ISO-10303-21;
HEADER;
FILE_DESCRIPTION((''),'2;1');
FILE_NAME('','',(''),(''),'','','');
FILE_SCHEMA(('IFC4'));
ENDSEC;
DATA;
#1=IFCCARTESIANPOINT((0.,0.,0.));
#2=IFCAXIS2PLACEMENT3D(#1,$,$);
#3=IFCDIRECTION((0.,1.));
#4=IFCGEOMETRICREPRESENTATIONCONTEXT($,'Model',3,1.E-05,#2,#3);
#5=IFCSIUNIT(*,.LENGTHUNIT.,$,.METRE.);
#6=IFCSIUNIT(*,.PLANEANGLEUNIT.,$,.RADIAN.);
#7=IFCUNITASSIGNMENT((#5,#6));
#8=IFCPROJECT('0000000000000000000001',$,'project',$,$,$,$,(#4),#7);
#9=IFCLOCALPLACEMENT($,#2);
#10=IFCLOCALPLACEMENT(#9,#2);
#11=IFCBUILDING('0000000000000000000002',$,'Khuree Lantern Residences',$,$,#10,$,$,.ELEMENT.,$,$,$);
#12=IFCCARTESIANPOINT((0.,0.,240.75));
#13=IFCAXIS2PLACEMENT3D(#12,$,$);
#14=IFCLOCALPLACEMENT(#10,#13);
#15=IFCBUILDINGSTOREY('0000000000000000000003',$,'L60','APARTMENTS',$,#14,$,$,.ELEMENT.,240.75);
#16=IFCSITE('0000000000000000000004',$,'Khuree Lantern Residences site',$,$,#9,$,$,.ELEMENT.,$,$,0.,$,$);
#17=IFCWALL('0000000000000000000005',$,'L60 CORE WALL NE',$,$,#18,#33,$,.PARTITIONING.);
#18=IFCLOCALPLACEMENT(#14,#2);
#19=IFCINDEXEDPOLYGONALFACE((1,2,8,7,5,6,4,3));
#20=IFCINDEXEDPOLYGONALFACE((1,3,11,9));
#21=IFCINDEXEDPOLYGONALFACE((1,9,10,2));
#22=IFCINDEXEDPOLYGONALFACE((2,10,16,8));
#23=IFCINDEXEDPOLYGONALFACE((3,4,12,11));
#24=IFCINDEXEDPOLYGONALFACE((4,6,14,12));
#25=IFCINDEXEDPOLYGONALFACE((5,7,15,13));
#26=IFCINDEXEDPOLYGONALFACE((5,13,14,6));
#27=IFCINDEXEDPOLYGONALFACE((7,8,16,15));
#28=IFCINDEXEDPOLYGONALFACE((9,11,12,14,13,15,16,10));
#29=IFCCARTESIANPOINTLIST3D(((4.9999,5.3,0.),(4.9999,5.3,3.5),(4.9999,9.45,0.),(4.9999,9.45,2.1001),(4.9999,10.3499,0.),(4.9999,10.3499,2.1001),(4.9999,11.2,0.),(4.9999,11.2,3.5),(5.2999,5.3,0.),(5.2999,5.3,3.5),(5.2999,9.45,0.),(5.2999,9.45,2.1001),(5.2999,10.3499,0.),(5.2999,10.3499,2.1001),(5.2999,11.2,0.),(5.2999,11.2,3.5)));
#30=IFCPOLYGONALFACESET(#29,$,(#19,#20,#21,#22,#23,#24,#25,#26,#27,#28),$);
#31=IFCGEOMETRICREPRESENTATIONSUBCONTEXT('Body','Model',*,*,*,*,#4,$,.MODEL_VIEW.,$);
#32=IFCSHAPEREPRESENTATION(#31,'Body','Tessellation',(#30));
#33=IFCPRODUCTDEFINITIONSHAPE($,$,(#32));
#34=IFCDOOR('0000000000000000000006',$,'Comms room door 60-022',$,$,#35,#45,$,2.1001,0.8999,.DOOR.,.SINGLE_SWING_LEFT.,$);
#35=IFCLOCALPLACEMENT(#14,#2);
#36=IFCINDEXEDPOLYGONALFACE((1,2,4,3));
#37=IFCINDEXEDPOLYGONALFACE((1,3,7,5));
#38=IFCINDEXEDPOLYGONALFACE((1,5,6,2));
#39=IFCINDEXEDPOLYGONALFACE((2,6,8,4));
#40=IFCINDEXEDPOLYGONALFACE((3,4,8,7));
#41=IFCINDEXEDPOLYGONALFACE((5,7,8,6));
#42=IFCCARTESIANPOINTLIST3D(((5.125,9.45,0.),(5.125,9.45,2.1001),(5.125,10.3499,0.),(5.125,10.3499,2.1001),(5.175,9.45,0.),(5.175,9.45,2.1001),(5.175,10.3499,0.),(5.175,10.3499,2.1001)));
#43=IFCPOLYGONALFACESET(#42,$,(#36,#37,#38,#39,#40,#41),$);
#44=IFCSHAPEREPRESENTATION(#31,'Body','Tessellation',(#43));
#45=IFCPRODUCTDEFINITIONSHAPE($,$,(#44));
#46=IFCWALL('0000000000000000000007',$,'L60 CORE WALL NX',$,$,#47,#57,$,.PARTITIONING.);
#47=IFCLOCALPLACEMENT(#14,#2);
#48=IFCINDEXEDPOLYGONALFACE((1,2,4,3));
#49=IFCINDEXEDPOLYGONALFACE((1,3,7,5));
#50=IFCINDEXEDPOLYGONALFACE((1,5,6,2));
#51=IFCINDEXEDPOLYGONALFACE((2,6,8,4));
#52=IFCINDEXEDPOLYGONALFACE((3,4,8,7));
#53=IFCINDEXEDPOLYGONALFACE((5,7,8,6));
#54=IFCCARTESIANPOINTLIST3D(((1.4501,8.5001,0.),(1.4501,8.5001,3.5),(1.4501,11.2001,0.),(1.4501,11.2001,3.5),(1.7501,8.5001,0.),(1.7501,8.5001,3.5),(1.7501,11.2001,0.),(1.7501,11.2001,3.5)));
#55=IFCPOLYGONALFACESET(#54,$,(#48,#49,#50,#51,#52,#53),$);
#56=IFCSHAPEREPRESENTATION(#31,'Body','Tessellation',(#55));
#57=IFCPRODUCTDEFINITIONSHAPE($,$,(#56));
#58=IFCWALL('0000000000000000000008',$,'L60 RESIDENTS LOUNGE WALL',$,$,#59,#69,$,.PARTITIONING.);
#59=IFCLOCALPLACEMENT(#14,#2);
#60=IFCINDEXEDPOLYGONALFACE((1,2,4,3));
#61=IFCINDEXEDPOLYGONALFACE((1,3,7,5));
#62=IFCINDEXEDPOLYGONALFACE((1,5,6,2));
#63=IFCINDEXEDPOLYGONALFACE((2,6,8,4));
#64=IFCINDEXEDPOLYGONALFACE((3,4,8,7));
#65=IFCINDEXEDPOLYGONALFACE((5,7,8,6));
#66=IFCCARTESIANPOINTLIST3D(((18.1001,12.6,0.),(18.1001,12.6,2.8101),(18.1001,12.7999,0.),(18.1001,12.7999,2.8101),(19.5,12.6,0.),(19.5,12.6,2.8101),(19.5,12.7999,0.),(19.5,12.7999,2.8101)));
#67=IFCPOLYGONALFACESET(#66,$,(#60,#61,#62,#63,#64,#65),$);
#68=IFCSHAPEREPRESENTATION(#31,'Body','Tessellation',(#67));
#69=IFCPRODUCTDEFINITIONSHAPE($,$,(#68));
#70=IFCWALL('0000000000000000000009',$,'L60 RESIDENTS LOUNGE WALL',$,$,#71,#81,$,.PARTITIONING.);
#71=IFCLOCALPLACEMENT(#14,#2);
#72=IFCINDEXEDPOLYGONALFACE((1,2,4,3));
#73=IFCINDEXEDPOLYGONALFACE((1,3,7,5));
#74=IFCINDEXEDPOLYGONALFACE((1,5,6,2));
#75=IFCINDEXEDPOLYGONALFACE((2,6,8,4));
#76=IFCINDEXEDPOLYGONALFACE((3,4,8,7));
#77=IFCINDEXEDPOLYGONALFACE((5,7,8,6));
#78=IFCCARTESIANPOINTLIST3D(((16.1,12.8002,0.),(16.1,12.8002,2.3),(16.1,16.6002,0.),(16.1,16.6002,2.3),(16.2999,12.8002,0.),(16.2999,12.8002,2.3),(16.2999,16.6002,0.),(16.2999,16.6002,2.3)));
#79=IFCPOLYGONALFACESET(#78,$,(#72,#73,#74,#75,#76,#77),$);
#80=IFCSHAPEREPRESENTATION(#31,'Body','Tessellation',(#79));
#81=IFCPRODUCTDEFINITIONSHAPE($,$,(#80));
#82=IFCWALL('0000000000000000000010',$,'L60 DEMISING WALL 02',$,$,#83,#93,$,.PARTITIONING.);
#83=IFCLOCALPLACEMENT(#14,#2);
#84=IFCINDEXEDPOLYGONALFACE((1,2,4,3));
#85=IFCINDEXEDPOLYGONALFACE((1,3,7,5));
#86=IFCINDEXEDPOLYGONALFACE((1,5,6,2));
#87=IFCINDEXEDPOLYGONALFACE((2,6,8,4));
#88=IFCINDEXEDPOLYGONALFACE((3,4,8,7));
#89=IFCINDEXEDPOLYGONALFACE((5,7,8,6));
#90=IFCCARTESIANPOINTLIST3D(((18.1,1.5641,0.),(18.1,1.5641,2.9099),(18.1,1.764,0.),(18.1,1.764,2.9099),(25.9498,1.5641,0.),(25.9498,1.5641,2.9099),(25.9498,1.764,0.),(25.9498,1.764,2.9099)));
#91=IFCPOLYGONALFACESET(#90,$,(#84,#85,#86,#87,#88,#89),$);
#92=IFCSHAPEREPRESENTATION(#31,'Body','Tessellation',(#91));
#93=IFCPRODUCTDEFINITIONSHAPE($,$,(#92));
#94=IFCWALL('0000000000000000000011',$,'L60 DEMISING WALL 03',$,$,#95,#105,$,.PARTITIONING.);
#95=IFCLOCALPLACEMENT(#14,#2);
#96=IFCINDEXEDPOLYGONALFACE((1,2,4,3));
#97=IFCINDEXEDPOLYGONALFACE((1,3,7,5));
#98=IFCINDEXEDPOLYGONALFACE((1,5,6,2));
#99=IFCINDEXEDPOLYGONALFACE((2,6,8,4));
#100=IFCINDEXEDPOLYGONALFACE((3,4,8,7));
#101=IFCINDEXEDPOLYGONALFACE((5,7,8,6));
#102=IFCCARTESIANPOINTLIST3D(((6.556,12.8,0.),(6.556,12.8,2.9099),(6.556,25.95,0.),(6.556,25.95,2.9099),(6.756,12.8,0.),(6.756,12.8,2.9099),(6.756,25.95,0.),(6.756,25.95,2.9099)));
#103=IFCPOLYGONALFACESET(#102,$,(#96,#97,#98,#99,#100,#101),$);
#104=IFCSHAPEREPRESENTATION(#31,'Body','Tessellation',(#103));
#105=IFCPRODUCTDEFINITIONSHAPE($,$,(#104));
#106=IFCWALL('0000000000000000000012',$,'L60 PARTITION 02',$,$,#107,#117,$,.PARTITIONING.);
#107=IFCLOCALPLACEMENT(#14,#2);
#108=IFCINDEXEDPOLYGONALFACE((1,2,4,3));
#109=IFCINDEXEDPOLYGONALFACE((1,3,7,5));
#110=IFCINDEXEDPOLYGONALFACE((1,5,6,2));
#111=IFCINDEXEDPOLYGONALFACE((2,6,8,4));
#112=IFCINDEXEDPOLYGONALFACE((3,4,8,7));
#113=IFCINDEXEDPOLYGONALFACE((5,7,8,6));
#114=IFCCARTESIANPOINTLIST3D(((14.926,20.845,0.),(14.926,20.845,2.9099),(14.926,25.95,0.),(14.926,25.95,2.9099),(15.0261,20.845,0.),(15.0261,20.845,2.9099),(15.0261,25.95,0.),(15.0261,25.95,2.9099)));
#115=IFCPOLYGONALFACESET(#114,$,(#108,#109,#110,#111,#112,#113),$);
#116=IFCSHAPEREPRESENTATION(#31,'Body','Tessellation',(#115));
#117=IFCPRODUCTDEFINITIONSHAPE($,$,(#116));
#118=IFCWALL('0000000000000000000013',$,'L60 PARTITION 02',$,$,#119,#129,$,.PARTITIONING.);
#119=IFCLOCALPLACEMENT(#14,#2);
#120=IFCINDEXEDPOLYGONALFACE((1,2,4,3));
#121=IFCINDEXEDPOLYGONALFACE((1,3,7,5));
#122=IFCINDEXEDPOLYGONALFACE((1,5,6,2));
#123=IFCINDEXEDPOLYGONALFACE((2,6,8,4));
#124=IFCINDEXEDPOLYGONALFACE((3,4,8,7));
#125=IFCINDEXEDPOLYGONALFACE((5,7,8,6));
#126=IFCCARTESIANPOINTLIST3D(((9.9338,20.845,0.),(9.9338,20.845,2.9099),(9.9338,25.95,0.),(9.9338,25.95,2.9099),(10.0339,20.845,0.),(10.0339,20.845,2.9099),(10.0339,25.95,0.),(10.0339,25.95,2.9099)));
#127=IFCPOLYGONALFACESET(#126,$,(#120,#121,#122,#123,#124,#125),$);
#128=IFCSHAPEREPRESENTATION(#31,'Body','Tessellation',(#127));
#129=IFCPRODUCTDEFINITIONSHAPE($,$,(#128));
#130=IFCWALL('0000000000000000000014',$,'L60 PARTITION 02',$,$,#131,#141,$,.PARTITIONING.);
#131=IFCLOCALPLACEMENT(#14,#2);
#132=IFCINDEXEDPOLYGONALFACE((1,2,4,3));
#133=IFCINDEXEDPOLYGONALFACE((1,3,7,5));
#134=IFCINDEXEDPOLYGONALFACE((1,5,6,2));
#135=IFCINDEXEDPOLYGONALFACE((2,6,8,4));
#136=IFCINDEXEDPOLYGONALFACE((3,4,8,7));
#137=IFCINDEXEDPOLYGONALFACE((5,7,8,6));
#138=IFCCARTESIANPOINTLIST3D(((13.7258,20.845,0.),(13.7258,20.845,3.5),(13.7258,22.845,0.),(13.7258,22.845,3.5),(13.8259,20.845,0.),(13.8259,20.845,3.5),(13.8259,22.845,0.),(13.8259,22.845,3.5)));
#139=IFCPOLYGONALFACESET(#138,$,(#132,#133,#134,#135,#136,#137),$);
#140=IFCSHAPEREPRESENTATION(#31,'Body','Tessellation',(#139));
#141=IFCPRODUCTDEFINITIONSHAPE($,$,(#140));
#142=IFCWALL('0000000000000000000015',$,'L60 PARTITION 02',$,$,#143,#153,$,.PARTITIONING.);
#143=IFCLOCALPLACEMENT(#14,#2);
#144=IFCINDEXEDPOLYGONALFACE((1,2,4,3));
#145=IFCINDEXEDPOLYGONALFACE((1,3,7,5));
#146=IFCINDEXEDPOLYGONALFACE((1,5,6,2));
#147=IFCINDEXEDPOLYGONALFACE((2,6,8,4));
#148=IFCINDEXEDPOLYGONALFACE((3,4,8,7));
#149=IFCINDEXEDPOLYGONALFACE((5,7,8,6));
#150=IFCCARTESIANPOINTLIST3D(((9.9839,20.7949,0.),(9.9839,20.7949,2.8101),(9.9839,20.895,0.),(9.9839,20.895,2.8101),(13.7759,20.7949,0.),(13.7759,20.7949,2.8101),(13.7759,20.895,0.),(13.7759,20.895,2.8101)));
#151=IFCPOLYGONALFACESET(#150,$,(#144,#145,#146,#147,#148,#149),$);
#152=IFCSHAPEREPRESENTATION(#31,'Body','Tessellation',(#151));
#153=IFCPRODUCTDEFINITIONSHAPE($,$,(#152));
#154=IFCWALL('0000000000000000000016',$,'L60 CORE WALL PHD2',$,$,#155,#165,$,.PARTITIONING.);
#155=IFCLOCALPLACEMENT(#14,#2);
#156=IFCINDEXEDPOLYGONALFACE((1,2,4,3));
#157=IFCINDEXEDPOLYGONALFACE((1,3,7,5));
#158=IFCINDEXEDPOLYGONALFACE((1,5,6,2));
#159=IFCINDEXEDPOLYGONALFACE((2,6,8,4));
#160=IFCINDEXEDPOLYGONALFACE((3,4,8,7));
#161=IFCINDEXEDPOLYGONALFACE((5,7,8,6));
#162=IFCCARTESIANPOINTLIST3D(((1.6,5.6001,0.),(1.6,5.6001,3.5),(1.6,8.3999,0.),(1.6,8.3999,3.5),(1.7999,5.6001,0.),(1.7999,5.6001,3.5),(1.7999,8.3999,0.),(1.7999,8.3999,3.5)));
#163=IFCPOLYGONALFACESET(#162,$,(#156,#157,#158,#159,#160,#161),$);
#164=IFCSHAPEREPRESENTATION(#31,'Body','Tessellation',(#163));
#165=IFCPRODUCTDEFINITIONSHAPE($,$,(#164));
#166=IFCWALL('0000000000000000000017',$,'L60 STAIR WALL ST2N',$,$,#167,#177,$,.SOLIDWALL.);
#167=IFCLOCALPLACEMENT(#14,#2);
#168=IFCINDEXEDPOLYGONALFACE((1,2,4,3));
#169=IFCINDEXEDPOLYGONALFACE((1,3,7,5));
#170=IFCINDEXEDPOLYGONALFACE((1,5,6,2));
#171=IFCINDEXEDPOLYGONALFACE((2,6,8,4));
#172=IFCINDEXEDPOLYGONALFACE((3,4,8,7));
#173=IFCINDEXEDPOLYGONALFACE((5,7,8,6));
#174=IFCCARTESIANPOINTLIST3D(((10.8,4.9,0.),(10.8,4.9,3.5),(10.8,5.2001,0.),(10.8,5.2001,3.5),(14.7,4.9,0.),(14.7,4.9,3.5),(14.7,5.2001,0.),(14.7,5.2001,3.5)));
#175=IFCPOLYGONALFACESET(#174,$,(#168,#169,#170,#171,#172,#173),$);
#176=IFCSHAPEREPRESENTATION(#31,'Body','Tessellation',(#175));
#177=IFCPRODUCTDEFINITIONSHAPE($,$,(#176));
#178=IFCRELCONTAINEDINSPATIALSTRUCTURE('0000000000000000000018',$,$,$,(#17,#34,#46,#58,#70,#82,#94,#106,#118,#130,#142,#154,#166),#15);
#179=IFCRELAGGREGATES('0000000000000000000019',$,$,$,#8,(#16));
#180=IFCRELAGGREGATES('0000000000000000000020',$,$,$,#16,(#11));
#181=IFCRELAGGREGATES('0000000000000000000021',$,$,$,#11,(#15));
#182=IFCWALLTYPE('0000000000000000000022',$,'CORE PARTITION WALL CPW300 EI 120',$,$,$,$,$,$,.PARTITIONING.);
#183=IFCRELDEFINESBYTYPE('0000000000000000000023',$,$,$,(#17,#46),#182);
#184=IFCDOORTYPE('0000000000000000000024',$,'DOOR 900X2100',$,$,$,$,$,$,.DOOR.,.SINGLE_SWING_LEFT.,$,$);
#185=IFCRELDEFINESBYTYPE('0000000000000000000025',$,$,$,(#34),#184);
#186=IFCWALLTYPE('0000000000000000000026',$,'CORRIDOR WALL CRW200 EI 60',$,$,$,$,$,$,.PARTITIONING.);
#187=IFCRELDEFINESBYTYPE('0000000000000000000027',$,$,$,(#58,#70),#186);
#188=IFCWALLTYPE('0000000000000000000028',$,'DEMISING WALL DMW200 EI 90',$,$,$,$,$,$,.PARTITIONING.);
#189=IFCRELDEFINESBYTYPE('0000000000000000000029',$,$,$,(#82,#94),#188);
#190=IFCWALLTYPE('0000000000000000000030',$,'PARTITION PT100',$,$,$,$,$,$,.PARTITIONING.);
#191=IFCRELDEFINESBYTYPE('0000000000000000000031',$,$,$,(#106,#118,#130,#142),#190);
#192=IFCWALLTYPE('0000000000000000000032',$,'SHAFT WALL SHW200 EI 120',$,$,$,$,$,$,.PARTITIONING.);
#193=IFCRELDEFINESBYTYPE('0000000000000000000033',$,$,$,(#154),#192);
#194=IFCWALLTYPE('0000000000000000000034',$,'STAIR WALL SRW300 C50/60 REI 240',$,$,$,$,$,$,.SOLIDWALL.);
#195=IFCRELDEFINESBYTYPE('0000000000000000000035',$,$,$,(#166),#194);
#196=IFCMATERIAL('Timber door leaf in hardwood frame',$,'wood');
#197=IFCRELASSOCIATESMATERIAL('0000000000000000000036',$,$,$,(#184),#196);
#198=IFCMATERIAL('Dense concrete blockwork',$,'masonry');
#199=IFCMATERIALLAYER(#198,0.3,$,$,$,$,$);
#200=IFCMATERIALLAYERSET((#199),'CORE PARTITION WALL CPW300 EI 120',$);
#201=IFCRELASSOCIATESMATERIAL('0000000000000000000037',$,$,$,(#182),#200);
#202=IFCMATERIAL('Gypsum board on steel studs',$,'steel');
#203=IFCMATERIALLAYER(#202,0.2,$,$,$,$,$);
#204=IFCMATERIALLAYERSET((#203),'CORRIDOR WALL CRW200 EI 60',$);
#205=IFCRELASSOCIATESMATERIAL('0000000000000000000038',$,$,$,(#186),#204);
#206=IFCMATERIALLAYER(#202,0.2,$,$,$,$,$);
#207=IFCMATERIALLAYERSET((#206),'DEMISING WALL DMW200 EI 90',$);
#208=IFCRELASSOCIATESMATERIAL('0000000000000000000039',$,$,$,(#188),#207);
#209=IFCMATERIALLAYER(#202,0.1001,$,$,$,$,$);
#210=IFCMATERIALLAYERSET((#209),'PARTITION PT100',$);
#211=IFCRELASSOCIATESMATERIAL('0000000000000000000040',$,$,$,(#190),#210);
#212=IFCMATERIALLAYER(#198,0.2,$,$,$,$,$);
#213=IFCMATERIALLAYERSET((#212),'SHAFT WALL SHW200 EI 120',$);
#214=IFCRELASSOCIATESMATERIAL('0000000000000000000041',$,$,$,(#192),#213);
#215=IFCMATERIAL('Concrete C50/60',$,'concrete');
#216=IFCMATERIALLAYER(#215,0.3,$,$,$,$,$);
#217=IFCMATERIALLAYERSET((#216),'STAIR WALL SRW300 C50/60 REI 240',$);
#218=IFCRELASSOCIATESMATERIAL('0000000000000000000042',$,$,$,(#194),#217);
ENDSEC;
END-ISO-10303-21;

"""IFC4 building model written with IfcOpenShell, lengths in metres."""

from ifc_helpers import new_model, si_unit, direction, frame, frame_2d, origin, place, context, subcontext, project, spatial, rectangle, extrude, material, layer, layer_set, type_object, element, fill, save


model = new_model("IFC4")

# Units and contexts
model_context = context("Model", 3, precision=1e-05, world=origin(), true_north=direction((0.0, 1.0)))
body_context = subcontext(model_context, "Body", "Model", "MODEL_VIEW")
ifc_project = project(units=[si_unit("LENGTHUNIT", "METRE"), si_unit("PLANEANGLEUNIT", "RADIAN")], contexts=[model_context])

# Site, building, storey
site_placement = place(None, origin())
site = spatial("IfcSite", under=ifc_project, at=site_placement, Name="Khuree Lantern Residences site", CompositionType="ELEMENT", RefElevation=0.0)
building_placement = place(site_placement, origin())
building = spatial("IfcBuilding", under=site, at=building_placement, Name="Khuree Lantern Residences", CompositionType="ELEMENT")
storey_placement = place(building_placement, frame((0.0, 0.0, 240.75)))
storey = spatial("IfcBuildingStorey", under=building, at=storey_placement, Name="L60", Description="APARTMENTS", CompositionType="ELEMENT", Elevation=240.75)

# Shared definitions
ifc_material_1 = material(Name="Concrete C50/60", Category="concrete")

# Shared definitions
ifc_material_2 = material(Name="Timber door leaf in hardwood frame", Category="wood")
door_type_1 = type_object("IfcDoorType", Name="DOOR 900X2100", OperationType="SINGLE_SWING_LEFT", PredefinedType="DOOR", material=ifc_material_2)

# Shared definitions
ifc_material_3 = material(Name="Dense concrete blockwork", Category="masonry")
ifc_layer_1 = layer(ifc_material_3, 0.3)
ifc_layer_set_1 = layer_set([ifc_layer_1], Name="CORE PARTITION WALL CPW300 EI 120")
wall_type_1 = type_object("IfcWallType", Name="CORE PARTITION WALL CPW300 EI 120", PredefinedType="PARTITIONING", material=ifc_layer_set_1)

# Wall, opening, door
wall_1_placement = place(storey_placement, frame((5.1499, 5.3, 0.0), z_axis=(0.0, 0.0, 1.0), x_axis=(0.0, 1.0, 0.0)))
wall_1 = element("IfcWall", 1, at=wall_1_placement, inside=storey, type_object=wall_type_1, Name="L60 CORE WALL NE", PredefinedType="PARTITIONING", context=body_context, shape_type="SweptSolid", body=[
    extrude(rectangle(XDim=5.8999, YDim=0.3, at=frame_2d((2.95, 0.0))), origin(), (0.0, 0.0, 1.0), 3.5),
])
opening_1_placement = place(wall_1_placement, frame((4.1499, 0.0, 0.0)))
opening_1 = element("IfcOpeningElement", 2, at=opening_1_placement, cuts=wall_1, PredefinedType="OPENING", context=body_context, shape_type="SweptSolid", body=[
    extrude(rectangle(XDim=0.8999, YDim=2.1001, at=frame_2d((0.45, 1.05))), frame((0.0, 0.1602, 0.0), z_axis=(0.0, -1.0, 0.0), x_axis=(1.0, 0.0, 0.0)), (0.0, 0.0, 1.0), 0.3201),
])
door_1_placement = place(opening_1_placement, origin())
door_1 = element("IfcDoor", 3, at=door_1_placement, inside=storey, type_object=door_type_1, Name="Comms room door 60-022", OperationType="SINGLE_SWING_LEFT", OverallHeight=2.1001, OverallWidth=0.8999, PredefinedType="DOOR", context=body_context, shape_type="SweptSolid", body=[
    extrude(rectangle(XDim=0.8999, YDim=2.1001, at=frame_2d((0.45, 1.05))), frame((0.0, 0.0249, 0.0), z_axis=(0.0, -1.0, 0.0), x_axis=(1.0, 0.0, 0.0)), (0.0, 0.0, 1.0), 0.05),
])
fill(opening_1, door_1)

# Walls
wall_2_placement = place(storey_placement, frame((1.6001, 8.5, 0.0), z_axis=(0.0, 0.0, 1.0), x_axis=(0.0, 1.0, 0.0)))
element("IfcWall", 4, at=wall_2_placement, inside=storey, type_object=wall_type_1, Name="L60 CORE WALL NX", PredefinedType="PARTITIONING", context=body_context, shape_type="SweptSolid", body=[
    extrude(rectangle(XDim=2.7, YDim=0.3, at=frame_2d((1.3501, 0.0))), origin(), (0.0, 0.0, 1.0), 3.5),
])
ifc_material_4 = material(Name="Gypsum board on steel studs", Category="steel")
ifc_layer_2 = layer(ifc_material_4, 0.2)
ifc_layer_set_2 = layer_set([ifc_layer_2], Name="CORRIDOR WALL CRW200 EI 60")
wall_type_2 = type_object("IfcWallType", Name="CORRIDOR WALL CRW200 EI 60", PredefinedType="PARTITIONING", material=ifc_layer_set_2)
wall_3_placement = place(storey_placement, frame((18.1001, 12.7, 0.0), z_axis=(0.0, 0.0, 1.0), x_axis=(1.0, 0.0, 0.0)))
element("IfcWall", 5, at=wall_3_placement, inside=storey, type_object=wall_type_2, Name="L60 RESIDENTS LOUNGE WALL", PredefinedType="PARTITIONING", context=body_context, shape_type="SweptSolid", body=[
    extrude(rectangle(XDim=1.3999, YDim=0.2, at=frame_2d((0.7, 0.0))), origin(), (0.0, 0.0, 1.0), 2.8101),
])
wall_4_placement = place(storey_placement, frame((16.2, 16.6001, 0.0), z_axis=(0.0, 0.0, 1.0), x_axis=(0.0, -1.0, 0.0)))
element("IfcWall", 6, at=wall_4_placement, inside=storey, type_object=wall_type_2, Name="L60 RESIDENTS LOUNGE WALL", PredefinedType="PARTITIONING", context=body_context, shape_type="SweptSolid", body=[
    extrude(rectangle(XDim=3.8, YDim=0.2, at=frame_2d((1.8999, 0.0))), origin(), (0.0, 0.0, 1.0), 2.3),
])
ifc_layer_3 = layer(ifc_material_4, 0.2)
ifc_layer_set_3 = layer_set([ifc_layer_3], Name="DEMISING WALL DMW200 EI 90")
wall_type_3 = type_object("IfcWallType", Name="DEMISING WALL DMW200 EI 90", PredefinedType="PARTITIONING", material=ifc_layer_set_3)
wall_5_placement = place(storey_placement, frame((18.1001, 1.6641, 0.0), z_axis=(0.0, 0.0, 1.0), x_axis=(1.0, 0.0, 0.0)))
element("IfcWall", 7, at=wall_5_placement, inside=storey, type_object=wall_type_3, Name="L60 DEMISING WALL 02", PredefinedType="PARTITIONING", context=body_context, shape_type="SweptSolid", body=[
    extrude(rectangle(XDim=7.8499, YDim=0.2, at=frame_2d((3.9248, 0.0))), origin(), (0.0, 0.0, 1.0), 2.9099),
])
wall_6_placement = place(storey_placement, frame((6.656, 12.8, 0.0), z_axis=(0.0, 0.0, 1.0), x_axis=(0.0, 1.0, 0.0)))
element("IfcWall", 8, at=wall_6_placement, inside=storey, type_object=wall_type_3, Name="L60 DEMISING WALL 03", PredefinedType="PARTITIONING", context=body_context, shape_type="SweptSolid", body=[
    extrude(rectangle(XDim=13.1499, YDim=0.2, at=frame_2d((6.575, 0.0))), origin(), (0.0, 0.0, 1.0), 2.9099),
])
ifc_layer_4 = layer(ifc_material_4, 0.1001)
ifc_layer_set_4 = layer_set([ifc_layer_4], Name="PARTITION PT100")
wall_type_4 = type_object("IfcWallType", Name="PARTITION PT100", PredefinedType="PARTITIONING", material=ifc_layer_set_4)
for number, where, z_axis, x_axis, name in (
    (9, (14.9761, 20.845, 0.0), (0.0, 0.0, 1.0), (0.0, 1.0, 0.0), "L60 PARTITION 02"),
    (10, (9.9839, 20.845, 0.0), (0.0, 0.0, 1.0), (0.0, 1.0, 0.0), "L60 PARTITION 02"),
):
    element("IfcWall", number, at=place(storey_placement, frame(where, z_axis=z_axis, x_axis=x_axis)), inside=storey, type_object=wall_type_4, Name=name, PredefinedType="PARTITIONING", context=body_context, shape_type="SweptSolid", body=[
        extrude(rectangle(XDim=5.105, YDim=0.1001, at=frame_2d((2.5525, 0.0))), origin(), (0.0, 0.0, 1.0), 2.9099),
    ])
wall_7_placement = place(storey_placement, frame((13.7759, 20.845, 0.0), z_axis=(0.0, 0.0, 1.0), x_axis=(0.0, 1.0, 0.0)))
element("IfcWall", 11, at=wall_7_placement, inside=storey, type_object=wall_type_4, Name="L60 PARTITION 02", PredefinedType="PARTITIONING", context=body_context, shape_type="SweptSolid", body=[
    extrude(rectangle(XDim=2.0, YDim=0.1001, at=frame_2d((1.0, 0.0))), origin(), (0.0, 0.0, 1.0), 3.5),
])
wall_8_placement = place(storey_placement, frame((13.7759, 20.845, 0.0), z_axis=(0.0, 0.0, 1.0), x_axis=(-1.0, 0.0, 0.0)))
element("IfcWall", 12, at=wall_8_placement, inside=storey, type_object=wall_type_4, Name="L60 PARTITION 02", PredefinedType="PARTITIONING", context=body_context, shape_type="SweptSolid", body=[
    extrude(rectangle(XDim=3.792, YDim=0.1001, at=frame_2d((1.896, 0.0))), origin(), (0.0, 0.0, 1.0), 2.8101),
])
ifc_layer_5 = layer(ifc_material_3, 0.2)
ifc_layer_set_5 = layer_set([ifc_layer_5], Name="SHAFT WALL SHW200 EI 120")
wall_type_5 = type_object("IfcWallType", Name="SHAFT WALL SHW200 EI 120", PredefinedType="PARTITIONING", material=ifc_layer_set_5)
wall_9_placement = place(storey_placement, frame((1.7, 5.6001, 0.0), z_axis=(0.0, 0.0, 1.0), x_axis=(0.0, 1.0, 0.0)))
element("IfcWall", 13, at=wall_9_placement, inside=storey, type_object=wall_type_5, Name="L60 CORE WALL PHD2", PredefinedType="PARTITIONING", context=body_context, shape_type="SweptSolid", body=[
    extrude(rectangle(XDim=2.7998, YDim=0.2, at=frame_2d((1.3999, 0.0))), origin(), (0.0, 0.0, 1.0), 3.5),
])
ifc_layer_6 = layer(ifc_material_1, 0.3)
ifc_layer_set_6 = layer_set([ifc_layer_6], Name="STAIR WALL SRW300 C50/60 REI 240")
wall_type_6 = type_object("IfcWallType", Name="STAIR WALL SRW300 C50/60 REI 240", PredefinedType="SOLIDWALL", material=ifc_layer_set_6)
wall_10_placement = place(storey_placement, frame((14.7, 5.05, 0.0), z_axis=(0.0, 0.0, 1.0), x_axis=(-1.0, 0.0, 0.0)))
element("IfcWall", 14, at=wall_10_placement, inside=storey, type_object=wall_type_6, Name="L60 STAIR WALL ST2N", PredefinedType="SOLIDWALL", context=body_context, shape_type="SweptSolid", body=[
    extrude(rectangle(XDim=3.8999, YDim=0.3, at=frame_2d((1.95, 0.0))), origin(), (0.0, 0.0, 1.0), 3.5),
])

save(model, "model.ifc")
